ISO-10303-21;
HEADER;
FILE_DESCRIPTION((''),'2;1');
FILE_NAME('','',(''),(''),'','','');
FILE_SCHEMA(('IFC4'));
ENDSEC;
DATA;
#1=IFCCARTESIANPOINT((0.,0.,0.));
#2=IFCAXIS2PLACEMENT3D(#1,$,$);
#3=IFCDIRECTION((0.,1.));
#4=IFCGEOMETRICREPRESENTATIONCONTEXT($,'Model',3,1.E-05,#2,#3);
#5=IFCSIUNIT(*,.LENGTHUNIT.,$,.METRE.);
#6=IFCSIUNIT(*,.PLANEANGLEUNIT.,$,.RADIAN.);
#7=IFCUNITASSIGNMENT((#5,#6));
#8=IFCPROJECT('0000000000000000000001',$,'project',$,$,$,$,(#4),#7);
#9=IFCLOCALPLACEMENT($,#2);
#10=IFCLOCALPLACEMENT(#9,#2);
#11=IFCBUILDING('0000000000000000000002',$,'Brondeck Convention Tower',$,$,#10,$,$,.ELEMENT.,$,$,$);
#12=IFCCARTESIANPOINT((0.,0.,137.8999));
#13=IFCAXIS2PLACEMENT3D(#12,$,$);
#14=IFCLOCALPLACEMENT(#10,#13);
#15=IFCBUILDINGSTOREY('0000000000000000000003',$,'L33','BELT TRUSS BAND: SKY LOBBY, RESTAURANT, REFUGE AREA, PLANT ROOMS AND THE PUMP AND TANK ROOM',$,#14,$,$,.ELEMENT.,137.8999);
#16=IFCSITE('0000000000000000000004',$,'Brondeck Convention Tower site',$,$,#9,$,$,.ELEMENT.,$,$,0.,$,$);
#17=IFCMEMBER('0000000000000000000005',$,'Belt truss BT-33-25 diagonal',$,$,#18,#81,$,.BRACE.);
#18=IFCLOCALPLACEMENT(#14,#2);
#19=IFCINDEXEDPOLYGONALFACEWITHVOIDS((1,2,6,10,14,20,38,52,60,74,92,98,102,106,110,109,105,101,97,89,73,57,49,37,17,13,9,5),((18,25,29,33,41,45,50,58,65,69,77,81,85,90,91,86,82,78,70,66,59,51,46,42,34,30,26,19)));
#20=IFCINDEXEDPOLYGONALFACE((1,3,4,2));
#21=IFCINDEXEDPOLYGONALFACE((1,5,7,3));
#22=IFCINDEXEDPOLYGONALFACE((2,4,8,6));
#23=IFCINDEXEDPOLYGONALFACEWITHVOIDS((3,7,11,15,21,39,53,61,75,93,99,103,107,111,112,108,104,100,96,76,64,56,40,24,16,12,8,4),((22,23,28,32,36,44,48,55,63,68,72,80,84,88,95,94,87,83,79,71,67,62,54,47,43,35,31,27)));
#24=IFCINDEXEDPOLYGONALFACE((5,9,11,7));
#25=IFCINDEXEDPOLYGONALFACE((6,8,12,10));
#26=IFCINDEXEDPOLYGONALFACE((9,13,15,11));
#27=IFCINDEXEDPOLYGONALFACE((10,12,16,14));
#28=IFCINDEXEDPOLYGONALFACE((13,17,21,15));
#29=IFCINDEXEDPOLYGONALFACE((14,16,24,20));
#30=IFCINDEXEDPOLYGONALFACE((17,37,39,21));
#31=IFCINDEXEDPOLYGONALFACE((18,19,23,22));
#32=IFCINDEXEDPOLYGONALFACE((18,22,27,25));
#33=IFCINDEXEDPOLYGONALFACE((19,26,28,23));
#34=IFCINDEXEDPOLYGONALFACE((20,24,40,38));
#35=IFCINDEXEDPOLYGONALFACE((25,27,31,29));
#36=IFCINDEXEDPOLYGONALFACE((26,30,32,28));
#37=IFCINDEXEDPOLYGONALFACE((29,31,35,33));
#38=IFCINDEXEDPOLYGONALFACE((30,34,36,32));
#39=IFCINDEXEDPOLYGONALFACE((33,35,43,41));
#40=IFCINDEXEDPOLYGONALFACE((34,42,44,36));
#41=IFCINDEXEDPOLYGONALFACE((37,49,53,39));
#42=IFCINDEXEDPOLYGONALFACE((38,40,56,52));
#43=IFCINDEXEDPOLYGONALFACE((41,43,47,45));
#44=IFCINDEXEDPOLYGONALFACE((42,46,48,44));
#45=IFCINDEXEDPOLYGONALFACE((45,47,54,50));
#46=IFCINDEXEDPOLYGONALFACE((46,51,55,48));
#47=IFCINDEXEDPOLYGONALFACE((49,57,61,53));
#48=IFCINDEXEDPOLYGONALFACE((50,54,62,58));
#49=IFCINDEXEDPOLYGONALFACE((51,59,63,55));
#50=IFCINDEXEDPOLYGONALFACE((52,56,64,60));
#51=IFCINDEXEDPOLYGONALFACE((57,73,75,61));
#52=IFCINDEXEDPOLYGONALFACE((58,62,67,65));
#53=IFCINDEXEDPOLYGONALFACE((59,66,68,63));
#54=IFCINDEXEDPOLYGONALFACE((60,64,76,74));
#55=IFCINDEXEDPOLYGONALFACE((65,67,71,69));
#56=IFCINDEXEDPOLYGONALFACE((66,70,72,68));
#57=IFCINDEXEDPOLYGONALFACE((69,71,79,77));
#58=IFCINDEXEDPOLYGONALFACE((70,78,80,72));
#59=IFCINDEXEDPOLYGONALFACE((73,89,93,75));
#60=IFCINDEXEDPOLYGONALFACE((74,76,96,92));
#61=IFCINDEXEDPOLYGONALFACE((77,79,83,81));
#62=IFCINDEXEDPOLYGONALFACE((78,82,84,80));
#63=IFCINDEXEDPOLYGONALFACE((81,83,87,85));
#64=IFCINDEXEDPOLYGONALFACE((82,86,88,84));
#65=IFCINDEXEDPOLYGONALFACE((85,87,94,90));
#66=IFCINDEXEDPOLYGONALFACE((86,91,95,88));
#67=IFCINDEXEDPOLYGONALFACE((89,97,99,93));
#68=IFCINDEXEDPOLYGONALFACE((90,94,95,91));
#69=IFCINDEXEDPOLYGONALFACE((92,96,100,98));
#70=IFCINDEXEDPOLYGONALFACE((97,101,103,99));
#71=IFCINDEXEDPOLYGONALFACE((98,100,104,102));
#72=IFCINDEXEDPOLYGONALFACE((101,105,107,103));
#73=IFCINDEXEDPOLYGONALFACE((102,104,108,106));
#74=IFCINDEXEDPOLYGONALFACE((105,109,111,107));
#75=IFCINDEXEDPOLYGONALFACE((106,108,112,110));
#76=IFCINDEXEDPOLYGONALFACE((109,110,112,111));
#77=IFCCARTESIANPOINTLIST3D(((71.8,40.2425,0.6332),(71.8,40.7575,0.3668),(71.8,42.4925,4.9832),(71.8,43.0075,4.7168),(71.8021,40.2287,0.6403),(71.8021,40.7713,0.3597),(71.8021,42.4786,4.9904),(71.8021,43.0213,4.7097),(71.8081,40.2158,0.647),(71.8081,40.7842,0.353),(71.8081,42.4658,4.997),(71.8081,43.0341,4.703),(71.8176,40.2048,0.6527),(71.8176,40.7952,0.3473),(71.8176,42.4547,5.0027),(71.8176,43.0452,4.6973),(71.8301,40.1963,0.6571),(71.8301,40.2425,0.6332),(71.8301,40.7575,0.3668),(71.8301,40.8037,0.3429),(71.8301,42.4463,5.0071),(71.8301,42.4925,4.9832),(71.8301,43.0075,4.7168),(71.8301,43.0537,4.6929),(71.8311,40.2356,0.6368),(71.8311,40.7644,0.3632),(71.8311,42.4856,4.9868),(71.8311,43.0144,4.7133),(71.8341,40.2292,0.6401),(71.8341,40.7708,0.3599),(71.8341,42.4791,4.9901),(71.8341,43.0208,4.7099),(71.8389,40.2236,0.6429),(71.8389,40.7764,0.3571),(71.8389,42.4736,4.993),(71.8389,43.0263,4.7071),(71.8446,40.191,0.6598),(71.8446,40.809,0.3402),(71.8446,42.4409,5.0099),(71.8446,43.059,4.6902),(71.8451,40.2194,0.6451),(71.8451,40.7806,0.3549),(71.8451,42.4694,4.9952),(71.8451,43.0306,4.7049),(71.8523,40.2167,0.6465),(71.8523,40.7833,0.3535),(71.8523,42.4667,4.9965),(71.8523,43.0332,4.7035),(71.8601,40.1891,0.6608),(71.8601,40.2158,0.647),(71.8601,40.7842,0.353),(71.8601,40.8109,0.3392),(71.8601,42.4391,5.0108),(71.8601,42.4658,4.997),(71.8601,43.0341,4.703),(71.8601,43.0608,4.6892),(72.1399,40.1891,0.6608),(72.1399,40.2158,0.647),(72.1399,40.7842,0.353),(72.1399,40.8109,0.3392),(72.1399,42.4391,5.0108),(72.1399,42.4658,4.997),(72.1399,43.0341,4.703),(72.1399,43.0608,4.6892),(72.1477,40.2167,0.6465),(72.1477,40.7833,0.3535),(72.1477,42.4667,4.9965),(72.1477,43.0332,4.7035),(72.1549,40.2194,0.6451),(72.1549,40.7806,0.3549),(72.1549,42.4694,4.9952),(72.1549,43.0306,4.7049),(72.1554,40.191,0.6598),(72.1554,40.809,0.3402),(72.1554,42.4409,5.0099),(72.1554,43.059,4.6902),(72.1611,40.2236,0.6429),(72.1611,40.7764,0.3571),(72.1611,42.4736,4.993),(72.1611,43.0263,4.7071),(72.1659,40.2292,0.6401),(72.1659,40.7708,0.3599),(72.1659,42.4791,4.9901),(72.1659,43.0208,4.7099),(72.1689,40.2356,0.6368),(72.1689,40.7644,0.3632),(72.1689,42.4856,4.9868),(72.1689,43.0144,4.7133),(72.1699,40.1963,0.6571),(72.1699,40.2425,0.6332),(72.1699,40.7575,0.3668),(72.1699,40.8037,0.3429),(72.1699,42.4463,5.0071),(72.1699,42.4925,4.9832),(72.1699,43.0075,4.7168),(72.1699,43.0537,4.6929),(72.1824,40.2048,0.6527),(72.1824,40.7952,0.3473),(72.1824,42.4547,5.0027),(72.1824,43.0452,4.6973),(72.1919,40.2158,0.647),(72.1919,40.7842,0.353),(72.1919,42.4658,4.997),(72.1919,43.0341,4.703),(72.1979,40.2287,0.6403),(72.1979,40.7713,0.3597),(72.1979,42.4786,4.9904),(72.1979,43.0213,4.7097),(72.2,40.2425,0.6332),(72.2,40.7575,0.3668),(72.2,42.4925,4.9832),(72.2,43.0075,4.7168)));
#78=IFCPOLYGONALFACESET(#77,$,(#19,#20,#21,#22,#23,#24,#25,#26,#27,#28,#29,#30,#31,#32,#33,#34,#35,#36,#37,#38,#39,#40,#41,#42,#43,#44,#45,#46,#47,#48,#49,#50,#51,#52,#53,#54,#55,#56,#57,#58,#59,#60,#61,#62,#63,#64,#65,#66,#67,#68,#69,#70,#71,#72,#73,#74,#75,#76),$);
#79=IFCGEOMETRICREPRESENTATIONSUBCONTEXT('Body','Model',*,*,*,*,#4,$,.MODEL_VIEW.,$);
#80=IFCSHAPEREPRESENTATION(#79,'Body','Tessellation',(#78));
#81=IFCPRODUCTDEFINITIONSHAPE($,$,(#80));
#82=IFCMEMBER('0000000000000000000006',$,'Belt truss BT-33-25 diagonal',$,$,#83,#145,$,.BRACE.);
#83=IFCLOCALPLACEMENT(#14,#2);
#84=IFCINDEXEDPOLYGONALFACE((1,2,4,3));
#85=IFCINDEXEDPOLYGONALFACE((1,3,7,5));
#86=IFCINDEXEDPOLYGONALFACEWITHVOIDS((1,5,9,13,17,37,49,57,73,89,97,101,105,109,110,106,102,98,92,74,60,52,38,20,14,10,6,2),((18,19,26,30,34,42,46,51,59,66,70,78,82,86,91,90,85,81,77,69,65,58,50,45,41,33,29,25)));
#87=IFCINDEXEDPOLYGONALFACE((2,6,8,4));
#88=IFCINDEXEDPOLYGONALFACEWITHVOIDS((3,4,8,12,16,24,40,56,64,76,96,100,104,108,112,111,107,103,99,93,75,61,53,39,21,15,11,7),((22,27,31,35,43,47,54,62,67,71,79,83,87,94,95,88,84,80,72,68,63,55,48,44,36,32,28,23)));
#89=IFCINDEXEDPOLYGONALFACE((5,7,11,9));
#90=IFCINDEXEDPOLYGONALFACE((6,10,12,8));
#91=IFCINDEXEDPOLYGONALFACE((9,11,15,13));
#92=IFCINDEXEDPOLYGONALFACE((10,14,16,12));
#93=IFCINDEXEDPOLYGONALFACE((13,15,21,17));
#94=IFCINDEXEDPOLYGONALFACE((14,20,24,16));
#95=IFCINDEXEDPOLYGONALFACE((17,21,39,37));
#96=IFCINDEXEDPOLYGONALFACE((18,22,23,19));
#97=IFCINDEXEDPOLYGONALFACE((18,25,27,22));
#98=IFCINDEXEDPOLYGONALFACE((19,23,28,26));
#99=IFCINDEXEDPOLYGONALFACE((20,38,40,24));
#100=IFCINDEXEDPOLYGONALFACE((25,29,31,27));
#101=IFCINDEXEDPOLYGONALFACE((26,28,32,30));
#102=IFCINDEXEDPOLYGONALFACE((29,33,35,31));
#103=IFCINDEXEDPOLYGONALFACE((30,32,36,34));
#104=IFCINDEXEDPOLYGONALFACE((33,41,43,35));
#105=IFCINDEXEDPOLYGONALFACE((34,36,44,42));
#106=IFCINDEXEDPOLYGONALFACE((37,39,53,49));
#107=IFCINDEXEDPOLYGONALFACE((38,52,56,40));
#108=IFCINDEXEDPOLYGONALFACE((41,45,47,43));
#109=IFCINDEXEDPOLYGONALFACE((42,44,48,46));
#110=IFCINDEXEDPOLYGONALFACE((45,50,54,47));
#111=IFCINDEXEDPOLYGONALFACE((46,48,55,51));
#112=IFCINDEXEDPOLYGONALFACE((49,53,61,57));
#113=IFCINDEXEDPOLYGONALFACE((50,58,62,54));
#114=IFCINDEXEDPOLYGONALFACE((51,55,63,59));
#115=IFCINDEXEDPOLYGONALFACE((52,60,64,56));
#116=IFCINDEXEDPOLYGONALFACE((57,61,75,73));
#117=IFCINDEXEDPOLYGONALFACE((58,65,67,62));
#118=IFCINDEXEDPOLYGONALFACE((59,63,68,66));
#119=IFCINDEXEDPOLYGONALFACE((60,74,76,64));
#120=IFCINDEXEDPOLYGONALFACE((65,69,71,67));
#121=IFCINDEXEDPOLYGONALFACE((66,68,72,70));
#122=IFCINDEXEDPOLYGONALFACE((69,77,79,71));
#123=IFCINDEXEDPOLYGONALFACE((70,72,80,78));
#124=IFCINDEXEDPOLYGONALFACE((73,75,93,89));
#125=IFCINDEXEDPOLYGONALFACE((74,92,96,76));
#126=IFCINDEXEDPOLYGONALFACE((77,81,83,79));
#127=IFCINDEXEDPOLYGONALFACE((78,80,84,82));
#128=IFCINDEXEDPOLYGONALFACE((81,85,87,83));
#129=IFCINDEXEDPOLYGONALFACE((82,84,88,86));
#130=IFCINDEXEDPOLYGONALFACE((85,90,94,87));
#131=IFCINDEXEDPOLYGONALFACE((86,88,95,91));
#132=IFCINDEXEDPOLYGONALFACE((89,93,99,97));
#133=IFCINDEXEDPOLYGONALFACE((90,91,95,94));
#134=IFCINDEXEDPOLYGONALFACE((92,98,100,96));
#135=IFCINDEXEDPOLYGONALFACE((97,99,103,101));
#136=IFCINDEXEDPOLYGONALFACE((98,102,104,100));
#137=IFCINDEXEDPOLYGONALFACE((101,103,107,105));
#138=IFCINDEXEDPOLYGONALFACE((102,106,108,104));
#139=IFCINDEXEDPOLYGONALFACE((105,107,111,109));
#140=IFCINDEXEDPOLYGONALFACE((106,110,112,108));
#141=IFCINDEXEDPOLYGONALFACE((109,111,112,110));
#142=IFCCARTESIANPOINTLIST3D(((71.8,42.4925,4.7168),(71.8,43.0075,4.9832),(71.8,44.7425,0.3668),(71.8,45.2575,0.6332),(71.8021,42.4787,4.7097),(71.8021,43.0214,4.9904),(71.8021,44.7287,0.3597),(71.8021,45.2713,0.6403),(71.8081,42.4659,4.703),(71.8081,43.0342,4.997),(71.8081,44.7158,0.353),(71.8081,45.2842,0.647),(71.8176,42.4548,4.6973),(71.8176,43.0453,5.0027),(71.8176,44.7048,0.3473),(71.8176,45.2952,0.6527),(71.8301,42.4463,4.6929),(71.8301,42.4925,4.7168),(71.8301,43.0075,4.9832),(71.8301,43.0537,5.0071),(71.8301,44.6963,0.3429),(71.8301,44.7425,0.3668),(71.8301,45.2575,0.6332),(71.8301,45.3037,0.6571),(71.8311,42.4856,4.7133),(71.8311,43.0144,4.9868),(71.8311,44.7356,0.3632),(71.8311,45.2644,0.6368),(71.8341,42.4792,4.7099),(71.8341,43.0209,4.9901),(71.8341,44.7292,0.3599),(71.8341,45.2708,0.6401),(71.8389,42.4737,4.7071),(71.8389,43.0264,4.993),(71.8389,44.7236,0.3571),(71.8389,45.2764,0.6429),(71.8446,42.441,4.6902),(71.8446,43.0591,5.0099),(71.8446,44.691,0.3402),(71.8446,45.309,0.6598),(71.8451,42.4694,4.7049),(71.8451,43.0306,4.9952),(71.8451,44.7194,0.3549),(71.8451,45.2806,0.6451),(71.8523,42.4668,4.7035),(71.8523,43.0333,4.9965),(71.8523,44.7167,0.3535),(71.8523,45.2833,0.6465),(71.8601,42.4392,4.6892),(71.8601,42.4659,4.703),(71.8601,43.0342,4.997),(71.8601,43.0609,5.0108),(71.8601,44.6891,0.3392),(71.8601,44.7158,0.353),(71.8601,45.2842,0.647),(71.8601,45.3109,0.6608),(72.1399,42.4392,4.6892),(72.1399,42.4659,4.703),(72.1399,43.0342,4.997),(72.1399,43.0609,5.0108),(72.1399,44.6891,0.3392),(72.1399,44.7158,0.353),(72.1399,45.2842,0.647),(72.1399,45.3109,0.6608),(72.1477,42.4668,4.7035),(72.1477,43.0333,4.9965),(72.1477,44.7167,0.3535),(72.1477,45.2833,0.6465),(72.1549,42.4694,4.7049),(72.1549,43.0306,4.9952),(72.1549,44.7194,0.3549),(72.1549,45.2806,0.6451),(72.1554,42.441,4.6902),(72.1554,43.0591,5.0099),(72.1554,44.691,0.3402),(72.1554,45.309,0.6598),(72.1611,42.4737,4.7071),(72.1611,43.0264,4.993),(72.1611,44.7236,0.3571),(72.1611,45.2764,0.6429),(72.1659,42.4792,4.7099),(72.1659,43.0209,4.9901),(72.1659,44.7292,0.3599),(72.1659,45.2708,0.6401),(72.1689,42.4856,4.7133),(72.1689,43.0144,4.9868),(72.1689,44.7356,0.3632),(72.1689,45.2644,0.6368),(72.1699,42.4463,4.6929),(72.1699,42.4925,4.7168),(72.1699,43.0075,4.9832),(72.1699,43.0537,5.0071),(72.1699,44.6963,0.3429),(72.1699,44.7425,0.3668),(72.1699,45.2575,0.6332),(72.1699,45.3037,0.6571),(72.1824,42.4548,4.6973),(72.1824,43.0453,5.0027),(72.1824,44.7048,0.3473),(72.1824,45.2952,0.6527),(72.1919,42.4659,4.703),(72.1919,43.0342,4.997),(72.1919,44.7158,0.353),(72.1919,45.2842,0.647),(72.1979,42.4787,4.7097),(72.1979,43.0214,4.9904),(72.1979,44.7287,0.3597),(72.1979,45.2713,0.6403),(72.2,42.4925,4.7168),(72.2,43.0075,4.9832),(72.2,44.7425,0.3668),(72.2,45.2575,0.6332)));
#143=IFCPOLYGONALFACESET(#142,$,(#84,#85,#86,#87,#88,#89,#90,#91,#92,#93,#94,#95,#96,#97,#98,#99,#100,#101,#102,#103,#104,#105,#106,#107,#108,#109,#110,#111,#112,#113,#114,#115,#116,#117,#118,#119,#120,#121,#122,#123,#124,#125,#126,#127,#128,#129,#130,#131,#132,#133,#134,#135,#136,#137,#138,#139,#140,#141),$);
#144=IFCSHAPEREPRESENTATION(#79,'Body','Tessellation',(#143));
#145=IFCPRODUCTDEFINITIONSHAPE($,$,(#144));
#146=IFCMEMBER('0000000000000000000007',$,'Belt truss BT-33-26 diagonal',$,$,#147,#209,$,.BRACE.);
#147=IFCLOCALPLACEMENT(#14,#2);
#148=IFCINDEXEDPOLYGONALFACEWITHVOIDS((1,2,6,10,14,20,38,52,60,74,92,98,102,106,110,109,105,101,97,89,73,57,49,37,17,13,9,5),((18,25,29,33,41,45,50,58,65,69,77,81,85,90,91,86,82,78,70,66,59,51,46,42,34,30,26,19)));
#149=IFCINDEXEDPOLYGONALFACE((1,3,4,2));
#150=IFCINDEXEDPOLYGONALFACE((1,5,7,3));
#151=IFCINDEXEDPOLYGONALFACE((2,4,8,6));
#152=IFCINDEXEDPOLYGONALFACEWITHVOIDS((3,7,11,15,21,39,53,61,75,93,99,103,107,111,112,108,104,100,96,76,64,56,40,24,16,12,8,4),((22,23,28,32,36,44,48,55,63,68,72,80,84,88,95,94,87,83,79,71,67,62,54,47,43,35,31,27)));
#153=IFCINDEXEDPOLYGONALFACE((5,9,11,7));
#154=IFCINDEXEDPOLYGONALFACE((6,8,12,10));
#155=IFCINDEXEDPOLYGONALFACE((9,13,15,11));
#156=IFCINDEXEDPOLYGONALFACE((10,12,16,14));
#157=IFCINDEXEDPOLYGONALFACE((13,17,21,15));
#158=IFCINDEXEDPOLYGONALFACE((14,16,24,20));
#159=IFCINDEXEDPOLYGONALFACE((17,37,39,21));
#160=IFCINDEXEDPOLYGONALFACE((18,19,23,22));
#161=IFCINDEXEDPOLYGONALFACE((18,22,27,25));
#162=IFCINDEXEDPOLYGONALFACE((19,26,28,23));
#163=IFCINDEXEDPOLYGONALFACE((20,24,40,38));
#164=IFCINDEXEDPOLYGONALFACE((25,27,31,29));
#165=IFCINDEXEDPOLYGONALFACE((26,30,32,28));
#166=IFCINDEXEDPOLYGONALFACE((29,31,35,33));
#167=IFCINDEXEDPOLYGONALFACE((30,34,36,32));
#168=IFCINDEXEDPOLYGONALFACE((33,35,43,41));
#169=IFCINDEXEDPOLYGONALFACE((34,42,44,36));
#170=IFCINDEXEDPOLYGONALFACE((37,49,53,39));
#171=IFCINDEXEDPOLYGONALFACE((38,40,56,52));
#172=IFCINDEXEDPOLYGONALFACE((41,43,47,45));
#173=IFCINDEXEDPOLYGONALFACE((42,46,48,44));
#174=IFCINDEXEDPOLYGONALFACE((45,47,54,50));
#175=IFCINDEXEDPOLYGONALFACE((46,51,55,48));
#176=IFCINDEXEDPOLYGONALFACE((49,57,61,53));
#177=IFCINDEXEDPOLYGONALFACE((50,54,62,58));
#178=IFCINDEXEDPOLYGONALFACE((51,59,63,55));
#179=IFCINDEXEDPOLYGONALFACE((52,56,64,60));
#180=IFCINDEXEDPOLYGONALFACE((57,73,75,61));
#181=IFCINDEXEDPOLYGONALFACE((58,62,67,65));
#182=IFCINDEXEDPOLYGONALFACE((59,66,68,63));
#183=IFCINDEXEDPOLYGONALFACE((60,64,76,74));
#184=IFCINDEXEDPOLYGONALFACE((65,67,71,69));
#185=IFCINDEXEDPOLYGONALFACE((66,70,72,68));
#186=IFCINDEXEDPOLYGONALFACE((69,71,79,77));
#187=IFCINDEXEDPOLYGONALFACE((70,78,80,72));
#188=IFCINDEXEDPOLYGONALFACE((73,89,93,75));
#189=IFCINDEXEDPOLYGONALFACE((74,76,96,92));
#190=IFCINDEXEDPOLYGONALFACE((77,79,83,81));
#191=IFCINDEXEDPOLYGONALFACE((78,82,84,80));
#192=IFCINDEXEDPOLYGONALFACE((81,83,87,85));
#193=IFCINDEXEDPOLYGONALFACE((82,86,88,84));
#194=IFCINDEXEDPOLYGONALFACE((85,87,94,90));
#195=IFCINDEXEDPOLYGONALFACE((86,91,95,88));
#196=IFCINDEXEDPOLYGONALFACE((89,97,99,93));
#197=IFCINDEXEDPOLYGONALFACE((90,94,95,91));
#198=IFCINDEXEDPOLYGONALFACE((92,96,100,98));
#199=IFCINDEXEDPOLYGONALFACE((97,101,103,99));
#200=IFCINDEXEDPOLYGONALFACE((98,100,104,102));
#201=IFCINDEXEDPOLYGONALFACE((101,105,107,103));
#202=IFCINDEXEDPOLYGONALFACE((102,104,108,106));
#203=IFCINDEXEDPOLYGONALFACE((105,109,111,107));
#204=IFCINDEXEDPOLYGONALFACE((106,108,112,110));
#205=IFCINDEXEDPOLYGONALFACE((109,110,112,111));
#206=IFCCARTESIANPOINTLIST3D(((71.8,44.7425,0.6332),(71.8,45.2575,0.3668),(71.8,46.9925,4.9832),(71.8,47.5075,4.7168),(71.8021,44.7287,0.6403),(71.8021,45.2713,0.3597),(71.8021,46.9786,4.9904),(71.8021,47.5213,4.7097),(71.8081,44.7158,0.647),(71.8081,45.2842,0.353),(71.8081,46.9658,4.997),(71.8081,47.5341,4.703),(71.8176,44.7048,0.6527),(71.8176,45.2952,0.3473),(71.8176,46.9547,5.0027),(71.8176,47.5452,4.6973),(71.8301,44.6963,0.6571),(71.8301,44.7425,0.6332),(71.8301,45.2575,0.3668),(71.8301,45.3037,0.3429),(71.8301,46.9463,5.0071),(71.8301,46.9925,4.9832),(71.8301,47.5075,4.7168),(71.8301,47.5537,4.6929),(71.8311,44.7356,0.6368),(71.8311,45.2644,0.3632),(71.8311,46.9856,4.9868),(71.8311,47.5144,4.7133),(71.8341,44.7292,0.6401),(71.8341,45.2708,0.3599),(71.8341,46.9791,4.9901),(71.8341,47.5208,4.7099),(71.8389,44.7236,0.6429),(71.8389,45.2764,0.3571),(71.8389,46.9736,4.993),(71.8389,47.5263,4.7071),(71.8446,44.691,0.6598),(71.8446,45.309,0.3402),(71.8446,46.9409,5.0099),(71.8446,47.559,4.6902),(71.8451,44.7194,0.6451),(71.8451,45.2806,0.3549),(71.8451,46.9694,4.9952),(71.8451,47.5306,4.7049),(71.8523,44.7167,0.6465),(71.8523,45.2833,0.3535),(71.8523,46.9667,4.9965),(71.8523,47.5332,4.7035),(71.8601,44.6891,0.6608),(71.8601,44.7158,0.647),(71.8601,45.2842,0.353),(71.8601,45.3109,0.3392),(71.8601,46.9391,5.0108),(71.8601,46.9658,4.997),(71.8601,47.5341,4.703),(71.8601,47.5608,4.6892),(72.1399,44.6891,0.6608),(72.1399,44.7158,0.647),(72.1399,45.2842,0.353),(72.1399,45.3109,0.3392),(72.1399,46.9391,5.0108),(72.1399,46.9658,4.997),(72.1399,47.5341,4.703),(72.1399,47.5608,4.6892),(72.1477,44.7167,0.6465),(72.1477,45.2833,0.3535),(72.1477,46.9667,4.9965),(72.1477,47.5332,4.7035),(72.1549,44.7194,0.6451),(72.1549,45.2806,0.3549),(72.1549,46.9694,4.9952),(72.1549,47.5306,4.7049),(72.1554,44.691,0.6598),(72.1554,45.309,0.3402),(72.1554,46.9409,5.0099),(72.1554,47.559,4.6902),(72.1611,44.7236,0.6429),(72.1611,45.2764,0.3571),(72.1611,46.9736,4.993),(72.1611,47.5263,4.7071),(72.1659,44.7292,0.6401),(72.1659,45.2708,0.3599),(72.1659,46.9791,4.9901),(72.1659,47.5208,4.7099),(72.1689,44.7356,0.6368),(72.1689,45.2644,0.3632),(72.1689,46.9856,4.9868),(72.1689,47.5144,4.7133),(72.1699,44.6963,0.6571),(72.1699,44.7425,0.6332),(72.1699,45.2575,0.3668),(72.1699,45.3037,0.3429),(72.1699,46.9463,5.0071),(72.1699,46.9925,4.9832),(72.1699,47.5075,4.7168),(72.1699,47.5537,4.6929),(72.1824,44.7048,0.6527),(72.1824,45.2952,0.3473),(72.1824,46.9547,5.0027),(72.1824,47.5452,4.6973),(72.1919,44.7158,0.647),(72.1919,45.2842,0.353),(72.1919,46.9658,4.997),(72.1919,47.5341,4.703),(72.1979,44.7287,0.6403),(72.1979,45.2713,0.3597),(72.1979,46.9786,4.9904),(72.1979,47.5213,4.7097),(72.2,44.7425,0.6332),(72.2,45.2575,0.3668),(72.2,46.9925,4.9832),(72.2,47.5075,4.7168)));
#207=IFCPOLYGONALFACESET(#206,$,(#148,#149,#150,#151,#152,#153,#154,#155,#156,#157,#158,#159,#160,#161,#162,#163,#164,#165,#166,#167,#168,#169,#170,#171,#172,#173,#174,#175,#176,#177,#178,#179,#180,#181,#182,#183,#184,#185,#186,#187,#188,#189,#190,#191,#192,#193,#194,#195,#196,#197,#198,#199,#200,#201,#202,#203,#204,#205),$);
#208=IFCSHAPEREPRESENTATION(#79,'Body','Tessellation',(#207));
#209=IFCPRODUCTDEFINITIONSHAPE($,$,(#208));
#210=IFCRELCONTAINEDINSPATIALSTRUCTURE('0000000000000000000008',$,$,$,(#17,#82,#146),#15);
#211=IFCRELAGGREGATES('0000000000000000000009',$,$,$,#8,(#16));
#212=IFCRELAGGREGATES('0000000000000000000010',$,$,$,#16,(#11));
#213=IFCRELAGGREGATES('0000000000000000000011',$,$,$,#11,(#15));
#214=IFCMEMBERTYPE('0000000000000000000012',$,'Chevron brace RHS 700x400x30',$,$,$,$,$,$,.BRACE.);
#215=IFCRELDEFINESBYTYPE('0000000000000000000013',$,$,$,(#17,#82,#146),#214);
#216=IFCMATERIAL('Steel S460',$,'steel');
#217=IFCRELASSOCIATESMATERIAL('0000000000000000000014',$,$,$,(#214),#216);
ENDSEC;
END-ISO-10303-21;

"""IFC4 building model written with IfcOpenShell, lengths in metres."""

from ifc_helpers import new_model, si_unit, direction, frame, origin, origin_2d, place, context, subcontext, project, spatial, hollow_rectangle, extrude, material, material_profile, profile_set, type_object, element, save


model = new_model("IFC4")

# Units and contexts
model_context = context("Model", 3, precision=1e-05, world=origin(), true_north=direction((0.0, 1.0)))
body_context = subcontext(model_context, "Body", "Model", "MODEL_VIEW")
ifc_project = project(units=[si_unit("LENGTHUNIT", "METRE"), si_unit("PLANEANGLEUNIT", "RADIAN")], contexts=[model_context])

# Site, building, storey
site_placement = place(None, origin())
site = spatial("IfcSite", under=ifc_project, at=site_placement, Name="Brondeck Convention Tower site", CompositionType="ELEMENT", RefElevation=0.0)
building_placement = place(site_placement, origin())
building = spatial("IfcBuilding", under=site, at=building_placement, Name="Brondeck Convention Tower", CompositionType="ELEMENT")
storey_placement = place(building_placement, frame((0.0, 0.0, 137.8999)))
storey = spatial("IfcBuildingStorey", under=building, at=storey_placement, Name="L33", Description="BELT TRUSS BAND: SKY LOBBY, RESTAURANT, REFUGE AREA, PLANT ROOMS AND THE PUMP AND TANK ROOM", CompositionType="ELEMENT", Elevation=137.8999)

# Members
ifc_material_1 = material(Name="Steel S460", Category="steel")
ifc_material_profile_1 = material_profile(ifc_material_1, hollow_rectangle(XDim=0.3999, YDim=0.7, WallThickness=0.03, InnerFilletRadius=0.03, OuterFilletRadius=0.0601, at=origin_2d()), Name="RHS 700x400x30")
ifc_profile_set_1 = profile_set([ifc_material_profile_1], Name="Steel S460")
member_type_1 = type_object("IfcMemberType", Name="Chevron brace RHS 700x400x30", PredefinedType="BRACE", material=ifc_profile_set_1)
for number, where, z_axis, x_axis, name in (
    (1, (72.0, 40.5, 0.5), (0.0, 0.459415, 0.888222), (-1.0, 0.0, 0.0), "Belt truss BT-33-25 diagonal"),
    (2, (72.0, 45.0, 0.5), (0.0, -0.459415, 0.888222), (1.0, 0.0, 0.0), "Belt truss BT-33-25 diagonal"),
    (3, (72.0, 45.0, 0.5), (0.0, 0.459415, 0.888222), (-1.0, 0.0, 0.0), "Belt truss BT-33-26 diagonal"),
):
    element("IfcMember", number, at=place(storey_placement, frame(where, z_axis=z_axis, x_axis=x_axis)), inside=storey, type_object=member_type_1, Name=name, PredefinedType="BRACE", context=body_context, shape_type="SweptSolid", body=[
        extrude(hollow_rectangle(XDim=0.3999, YDim=0.7, WallThickness=0.03, InnerFilletRadius=0.03, OuterFilletRadius=0.0601, at=origin_2d()), origin(), (0.0, 0.0, 1.0), 4.8975),
    ])

save(model, "model.ifc")
